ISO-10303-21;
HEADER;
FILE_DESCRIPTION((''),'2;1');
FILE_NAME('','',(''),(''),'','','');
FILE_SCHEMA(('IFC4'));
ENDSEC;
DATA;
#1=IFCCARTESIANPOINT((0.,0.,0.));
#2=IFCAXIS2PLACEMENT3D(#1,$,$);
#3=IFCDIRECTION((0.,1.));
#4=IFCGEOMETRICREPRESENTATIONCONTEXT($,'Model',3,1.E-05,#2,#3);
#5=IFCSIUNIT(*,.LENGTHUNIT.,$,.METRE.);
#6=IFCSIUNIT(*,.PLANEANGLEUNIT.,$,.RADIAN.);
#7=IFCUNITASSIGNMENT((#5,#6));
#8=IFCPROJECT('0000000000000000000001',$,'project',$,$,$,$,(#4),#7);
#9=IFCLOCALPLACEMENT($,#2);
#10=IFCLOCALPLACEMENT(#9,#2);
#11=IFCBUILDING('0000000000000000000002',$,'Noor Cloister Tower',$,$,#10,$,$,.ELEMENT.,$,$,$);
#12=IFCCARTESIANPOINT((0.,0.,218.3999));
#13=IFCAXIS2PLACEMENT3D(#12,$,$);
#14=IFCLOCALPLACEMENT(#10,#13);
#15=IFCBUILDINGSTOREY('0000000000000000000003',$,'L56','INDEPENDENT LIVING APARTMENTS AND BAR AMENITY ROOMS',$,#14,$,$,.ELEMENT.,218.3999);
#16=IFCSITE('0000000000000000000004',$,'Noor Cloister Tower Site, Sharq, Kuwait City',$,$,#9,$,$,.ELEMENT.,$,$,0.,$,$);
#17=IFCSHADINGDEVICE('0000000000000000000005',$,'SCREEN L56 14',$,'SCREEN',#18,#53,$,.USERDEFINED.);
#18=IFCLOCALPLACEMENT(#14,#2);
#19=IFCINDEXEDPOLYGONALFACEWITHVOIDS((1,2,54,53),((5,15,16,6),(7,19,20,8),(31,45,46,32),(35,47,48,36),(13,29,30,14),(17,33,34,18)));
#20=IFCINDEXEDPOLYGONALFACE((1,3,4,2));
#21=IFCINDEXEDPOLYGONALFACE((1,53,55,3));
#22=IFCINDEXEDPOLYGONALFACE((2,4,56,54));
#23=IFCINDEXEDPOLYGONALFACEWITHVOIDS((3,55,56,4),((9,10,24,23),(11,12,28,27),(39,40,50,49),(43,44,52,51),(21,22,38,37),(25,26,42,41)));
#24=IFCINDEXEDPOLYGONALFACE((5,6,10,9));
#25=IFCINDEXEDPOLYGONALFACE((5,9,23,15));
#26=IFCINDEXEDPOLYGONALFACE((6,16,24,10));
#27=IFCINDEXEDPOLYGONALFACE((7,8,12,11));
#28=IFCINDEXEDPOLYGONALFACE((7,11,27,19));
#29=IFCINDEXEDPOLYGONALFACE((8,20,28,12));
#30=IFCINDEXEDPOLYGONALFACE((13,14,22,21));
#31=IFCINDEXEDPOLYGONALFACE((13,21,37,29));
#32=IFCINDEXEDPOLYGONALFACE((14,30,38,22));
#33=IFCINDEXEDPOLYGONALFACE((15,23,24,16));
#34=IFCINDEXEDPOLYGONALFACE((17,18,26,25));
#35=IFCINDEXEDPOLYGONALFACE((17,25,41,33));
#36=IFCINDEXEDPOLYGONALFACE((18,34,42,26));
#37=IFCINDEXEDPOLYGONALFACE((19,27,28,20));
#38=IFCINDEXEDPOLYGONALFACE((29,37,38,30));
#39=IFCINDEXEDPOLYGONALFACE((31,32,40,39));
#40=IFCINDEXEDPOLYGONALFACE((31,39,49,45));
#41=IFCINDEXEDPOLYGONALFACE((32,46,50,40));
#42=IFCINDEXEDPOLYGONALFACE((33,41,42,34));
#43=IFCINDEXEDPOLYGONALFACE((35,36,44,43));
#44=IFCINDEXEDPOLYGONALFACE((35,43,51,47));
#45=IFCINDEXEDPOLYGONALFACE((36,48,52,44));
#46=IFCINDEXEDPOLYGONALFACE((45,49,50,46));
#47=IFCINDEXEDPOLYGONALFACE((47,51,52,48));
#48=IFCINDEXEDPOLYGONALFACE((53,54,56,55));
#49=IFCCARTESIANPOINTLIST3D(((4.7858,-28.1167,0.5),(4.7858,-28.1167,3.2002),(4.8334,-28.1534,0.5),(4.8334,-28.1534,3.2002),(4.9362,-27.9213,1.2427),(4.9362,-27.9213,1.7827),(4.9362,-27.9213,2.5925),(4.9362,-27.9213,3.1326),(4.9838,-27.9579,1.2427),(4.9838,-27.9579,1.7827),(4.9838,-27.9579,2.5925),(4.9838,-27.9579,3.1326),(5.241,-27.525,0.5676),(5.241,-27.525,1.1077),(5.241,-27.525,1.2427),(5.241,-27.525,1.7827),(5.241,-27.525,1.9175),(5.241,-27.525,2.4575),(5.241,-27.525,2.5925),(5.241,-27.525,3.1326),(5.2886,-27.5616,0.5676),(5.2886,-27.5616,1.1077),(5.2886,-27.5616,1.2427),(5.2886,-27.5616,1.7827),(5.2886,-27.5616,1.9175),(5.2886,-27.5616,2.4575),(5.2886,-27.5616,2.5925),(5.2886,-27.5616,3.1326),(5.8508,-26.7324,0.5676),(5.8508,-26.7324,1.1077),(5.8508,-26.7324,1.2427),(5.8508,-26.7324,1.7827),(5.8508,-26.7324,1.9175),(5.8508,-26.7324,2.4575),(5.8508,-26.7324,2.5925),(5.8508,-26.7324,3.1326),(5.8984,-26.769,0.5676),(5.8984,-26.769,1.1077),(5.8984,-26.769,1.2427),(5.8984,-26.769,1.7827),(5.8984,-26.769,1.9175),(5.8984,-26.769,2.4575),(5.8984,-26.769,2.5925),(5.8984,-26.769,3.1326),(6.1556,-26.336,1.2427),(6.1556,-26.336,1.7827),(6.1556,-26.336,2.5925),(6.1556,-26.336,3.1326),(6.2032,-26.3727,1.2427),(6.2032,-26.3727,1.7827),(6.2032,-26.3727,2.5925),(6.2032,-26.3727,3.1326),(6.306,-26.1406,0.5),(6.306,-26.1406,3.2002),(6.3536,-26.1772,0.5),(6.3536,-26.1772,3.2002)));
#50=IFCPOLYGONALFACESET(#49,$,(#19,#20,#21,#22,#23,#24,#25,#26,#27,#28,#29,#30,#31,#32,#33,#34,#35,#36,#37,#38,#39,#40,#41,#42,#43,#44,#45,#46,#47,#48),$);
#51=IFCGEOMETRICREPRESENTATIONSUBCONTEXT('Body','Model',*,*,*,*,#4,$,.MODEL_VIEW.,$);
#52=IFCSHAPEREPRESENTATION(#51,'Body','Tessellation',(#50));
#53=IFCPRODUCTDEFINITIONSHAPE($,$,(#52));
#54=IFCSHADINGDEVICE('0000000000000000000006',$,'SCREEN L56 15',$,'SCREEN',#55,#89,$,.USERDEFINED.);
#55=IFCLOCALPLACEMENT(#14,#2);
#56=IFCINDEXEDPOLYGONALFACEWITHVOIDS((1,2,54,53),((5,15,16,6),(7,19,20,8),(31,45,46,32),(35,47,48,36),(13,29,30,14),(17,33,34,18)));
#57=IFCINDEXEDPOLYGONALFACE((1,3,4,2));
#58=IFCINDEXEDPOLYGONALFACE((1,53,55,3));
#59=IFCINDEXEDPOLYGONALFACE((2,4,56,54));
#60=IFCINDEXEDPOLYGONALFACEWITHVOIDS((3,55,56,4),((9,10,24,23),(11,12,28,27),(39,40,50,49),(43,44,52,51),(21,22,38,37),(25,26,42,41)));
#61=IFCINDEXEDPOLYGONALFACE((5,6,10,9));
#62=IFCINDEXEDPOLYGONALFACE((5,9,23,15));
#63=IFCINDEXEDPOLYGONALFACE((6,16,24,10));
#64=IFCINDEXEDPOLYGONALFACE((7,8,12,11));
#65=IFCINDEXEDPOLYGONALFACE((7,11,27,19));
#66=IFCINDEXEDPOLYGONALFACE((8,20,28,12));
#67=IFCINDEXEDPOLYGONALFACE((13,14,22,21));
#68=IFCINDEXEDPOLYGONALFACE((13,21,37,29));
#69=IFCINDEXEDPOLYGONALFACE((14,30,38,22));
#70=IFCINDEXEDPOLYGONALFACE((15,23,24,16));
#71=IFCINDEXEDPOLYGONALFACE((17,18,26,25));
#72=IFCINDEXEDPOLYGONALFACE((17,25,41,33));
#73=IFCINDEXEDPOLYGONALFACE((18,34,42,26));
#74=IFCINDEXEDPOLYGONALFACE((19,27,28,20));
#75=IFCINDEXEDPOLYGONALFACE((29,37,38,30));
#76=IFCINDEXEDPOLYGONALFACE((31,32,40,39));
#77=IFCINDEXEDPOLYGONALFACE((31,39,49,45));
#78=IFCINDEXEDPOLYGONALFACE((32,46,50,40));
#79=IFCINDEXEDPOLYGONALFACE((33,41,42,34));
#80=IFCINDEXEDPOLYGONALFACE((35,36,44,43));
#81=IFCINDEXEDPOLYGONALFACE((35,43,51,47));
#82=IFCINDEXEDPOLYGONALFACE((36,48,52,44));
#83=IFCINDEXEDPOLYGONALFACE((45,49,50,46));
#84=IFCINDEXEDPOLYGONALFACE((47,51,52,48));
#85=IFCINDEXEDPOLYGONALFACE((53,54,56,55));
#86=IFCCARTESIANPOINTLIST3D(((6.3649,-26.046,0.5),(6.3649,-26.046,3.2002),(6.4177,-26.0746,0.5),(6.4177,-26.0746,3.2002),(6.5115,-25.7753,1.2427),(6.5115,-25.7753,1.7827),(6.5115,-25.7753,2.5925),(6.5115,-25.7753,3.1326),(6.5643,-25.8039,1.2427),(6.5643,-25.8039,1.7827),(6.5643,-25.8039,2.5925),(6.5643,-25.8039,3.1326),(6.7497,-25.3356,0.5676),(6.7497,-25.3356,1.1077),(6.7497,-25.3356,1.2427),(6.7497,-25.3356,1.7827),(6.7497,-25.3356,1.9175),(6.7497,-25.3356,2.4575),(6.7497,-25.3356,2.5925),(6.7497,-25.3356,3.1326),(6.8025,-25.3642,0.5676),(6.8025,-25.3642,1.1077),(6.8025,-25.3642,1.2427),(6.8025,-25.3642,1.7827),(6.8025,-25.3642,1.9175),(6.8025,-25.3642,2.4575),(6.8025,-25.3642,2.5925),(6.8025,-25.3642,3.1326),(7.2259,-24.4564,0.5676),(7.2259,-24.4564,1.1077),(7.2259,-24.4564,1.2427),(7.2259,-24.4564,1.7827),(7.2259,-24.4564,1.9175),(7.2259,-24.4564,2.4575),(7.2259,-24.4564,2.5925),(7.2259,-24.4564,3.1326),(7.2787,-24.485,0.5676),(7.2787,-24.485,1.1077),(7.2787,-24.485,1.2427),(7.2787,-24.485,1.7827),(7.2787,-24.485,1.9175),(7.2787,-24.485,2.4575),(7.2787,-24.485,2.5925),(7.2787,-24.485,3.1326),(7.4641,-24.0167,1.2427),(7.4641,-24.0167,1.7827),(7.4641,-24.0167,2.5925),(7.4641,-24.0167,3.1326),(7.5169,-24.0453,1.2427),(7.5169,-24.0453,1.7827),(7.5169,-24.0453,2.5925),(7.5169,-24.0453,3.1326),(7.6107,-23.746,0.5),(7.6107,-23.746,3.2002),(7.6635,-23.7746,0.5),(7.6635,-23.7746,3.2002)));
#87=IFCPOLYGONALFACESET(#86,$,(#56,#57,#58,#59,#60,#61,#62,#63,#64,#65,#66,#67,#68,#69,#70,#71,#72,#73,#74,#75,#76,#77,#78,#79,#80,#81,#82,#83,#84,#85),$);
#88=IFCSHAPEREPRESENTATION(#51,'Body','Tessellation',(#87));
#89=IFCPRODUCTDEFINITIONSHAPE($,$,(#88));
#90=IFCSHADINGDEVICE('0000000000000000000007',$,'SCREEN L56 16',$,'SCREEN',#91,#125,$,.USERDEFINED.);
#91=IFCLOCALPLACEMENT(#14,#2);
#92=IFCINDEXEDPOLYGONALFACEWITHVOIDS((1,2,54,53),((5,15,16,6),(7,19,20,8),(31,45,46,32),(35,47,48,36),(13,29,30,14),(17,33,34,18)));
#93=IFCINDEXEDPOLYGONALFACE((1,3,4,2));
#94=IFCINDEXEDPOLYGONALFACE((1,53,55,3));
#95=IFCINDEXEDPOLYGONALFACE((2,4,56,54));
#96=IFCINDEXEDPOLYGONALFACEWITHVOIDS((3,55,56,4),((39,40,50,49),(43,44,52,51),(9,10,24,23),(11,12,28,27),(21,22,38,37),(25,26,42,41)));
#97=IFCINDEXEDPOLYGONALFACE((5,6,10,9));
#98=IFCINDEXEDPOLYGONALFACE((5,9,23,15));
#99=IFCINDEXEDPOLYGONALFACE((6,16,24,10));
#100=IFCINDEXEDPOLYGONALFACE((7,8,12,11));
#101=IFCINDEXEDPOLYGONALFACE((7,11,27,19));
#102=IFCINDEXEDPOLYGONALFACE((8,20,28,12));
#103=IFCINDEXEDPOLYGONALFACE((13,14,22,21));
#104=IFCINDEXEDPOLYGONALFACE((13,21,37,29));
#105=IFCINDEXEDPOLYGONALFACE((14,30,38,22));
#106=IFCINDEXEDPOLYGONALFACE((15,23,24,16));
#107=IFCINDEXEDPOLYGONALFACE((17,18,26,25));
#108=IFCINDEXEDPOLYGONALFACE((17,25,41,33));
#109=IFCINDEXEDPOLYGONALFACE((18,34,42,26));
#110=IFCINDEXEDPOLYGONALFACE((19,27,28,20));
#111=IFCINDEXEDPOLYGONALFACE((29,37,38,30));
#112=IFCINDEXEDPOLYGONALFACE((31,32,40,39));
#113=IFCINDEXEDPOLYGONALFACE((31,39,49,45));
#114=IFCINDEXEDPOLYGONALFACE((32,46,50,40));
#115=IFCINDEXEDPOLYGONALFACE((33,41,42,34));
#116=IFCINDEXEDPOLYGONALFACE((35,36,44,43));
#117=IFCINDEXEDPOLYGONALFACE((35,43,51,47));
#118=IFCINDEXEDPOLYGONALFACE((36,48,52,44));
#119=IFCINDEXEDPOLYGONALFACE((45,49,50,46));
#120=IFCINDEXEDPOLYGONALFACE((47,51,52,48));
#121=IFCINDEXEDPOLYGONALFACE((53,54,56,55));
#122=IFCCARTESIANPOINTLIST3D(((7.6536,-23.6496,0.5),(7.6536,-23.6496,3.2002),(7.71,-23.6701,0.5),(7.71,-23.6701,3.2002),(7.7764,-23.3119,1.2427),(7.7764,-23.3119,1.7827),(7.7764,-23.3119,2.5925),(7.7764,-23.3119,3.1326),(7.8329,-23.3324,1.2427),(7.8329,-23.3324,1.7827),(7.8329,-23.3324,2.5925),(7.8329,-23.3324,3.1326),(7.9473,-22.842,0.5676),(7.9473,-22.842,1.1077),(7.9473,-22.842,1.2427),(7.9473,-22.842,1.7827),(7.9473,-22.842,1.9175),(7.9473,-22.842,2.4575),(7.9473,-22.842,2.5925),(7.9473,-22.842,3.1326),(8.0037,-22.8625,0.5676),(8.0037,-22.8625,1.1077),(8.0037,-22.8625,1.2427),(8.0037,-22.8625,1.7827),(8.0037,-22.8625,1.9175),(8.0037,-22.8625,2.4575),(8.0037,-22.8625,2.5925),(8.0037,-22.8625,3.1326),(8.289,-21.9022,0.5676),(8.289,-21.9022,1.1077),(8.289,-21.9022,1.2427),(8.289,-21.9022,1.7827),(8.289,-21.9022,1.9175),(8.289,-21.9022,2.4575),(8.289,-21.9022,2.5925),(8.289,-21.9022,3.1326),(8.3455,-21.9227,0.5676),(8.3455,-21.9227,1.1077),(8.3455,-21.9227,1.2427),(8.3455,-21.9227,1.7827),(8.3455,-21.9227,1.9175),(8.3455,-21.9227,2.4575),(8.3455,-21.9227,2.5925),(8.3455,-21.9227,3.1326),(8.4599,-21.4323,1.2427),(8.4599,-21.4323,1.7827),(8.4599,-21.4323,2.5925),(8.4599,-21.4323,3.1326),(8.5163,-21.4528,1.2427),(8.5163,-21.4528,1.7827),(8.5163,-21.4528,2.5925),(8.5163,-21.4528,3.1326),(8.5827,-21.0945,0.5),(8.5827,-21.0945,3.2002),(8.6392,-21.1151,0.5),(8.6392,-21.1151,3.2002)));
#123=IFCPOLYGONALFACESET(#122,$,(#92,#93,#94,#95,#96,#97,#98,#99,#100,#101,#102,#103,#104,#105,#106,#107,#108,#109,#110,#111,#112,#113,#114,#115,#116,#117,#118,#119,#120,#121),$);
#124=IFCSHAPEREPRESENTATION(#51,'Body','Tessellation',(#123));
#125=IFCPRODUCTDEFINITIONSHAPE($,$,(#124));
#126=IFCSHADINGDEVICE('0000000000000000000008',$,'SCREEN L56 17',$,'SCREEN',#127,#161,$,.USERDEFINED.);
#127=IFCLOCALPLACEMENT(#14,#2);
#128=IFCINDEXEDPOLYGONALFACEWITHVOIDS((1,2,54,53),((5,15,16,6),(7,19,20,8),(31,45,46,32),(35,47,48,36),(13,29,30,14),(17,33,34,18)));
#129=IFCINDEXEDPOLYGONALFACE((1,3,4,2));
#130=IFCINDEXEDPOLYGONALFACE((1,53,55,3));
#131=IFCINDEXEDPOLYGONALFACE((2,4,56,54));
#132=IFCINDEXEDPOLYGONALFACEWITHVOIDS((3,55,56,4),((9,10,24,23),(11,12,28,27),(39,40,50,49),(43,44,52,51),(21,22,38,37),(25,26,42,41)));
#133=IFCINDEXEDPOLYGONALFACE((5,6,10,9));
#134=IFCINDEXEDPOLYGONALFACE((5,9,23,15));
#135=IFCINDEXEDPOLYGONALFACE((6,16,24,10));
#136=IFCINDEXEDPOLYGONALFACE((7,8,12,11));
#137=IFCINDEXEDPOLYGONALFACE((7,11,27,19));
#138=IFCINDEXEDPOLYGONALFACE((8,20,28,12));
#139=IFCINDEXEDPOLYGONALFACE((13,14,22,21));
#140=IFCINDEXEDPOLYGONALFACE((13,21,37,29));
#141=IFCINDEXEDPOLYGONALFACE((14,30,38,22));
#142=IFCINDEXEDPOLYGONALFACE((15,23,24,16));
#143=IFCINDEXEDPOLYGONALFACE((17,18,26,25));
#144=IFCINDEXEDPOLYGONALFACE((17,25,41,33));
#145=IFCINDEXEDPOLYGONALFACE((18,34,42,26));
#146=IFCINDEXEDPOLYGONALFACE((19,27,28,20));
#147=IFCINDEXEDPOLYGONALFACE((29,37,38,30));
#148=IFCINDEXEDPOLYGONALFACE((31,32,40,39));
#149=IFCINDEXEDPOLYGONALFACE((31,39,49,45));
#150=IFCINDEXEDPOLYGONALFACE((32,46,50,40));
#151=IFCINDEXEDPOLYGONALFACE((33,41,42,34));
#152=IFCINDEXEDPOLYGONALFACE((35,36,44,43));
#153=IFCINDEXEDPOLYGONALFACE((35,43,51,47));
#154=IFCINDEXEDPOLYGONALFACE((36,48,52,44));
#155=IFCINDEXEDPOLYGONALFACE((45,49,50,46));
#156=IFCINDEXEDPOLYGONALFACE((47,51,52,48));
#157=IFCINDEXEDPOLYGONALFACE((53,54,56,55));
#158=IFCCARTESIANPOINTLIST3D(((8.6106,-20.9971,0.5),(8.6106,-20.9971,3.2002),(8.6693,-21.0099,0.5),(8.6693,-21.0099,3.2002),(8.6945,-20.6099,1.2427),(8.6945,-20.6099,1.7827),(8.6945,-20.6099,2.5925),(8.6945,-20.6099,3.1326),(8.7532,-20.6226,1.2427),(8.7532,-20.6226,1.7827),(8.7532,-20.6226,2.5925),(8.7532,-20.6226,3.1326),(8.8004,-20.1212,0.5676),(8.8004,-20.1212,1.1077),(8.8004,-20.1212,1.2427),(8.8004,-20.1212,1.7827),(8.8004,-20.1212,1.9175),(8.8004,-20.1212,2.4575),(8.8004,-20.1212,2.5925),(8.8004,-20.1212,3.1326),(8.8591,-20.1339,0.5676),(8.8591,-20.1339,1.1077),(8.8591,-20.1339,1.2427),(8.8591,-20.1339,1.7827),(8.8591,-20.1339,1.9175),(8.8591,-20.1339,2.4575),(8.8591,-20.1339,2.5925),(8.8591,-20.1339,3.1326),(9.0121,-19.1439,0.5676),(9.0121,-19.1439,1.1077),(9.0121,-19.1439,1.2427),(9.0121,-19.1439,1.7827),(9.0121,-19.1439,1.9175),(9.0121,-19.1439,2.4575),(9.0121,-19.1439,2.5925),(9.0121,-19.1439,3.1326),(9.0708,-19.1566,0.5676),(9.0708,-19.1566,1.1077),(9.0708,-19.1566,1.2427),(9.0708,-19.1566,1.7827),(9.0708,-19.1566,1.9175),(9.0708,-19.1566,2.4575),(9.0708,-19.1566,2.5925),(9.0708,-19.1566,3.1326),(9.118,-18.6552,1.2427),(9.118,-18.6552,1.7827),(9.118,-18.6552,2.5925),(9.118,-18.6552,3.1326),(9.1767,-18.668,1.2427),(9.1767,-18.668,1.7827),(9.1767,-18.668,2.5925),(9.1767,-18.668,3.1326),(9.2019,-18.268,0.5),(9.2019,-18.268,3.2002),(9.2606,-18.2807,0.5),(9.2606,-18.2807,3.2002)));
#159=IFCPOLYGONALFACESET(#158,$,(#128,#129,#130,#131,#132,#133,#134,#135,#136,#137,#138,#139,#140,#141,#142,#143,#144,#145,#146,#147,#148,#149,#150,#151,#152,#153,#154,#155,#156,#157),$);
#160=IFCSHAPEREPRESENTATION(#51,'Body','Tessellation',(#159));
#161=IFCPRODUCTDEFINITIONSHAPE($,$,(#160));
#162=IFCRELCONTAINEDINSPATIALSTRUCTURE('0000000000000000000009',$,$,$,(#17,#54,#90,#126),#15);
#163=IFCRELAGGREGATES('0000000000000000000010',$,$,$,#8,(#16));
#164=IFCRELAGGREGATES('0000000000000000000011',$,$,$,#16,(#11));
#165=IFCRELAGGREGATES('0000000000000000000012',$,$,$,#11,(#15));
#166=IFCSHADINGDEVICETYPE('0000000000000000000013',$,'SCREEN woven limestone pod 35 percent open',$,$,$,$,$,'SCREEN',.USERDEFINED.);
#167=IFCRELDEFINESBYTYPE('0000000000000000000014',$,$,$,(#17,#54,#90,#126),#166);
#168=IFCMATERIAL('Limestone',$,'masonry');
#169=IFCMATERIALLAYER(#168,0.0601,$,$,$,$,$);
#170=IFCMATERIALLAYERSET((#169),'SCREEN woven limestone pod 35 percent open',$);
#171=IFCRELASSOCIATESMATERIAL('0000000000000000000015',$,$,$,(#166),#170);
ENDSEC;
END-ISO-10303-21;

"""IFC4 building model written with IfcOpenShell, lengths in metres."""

from ifc_helpers import new_model, si_unit, direction, frame, origin, place, context, subcontext, project, spatial, polyline, outline, extrude, material, layer, layer_set, type_object, element, save


model = new_model("IFC4")

# Units and contexts
model_context = context("Model", 3, precision=1e-05, world=origin(), true_north=direction((0.0, 1.0)))
body_context = subcontext(model_context, "Body", "Model", "MODEL_VIEW")
ifc_project = project(units=[si_unit("LENGTHUNIT", "METRE"), si_unit("PLANEANGLEUNIT", "RADIAN")], contexts=[model_context])

# Site, building, storey
site_placement = place(None, origin())
site = spatial("IfcSite", under=ifc_project, at=site_placement, Name="Noor Cloister Tower Site, Sharq, Kuwait City", CompositionType="ELEMENT", RefElevation=0.0)
building_placement = place(site_placement, origin())
building = spatial("IfcBuilding", under=site, at=building_placement, Name="Noor Cloister Tower", CompositionType="ELEMENT")
storey_placement = place(building_placement, frame((0.0, 0.0, 218.3999)))
storey = spatial("IfcBuildingStorey", under=building, at=storey_placement, Name="L56", Description="INDEPENDENT LIVING APARTMENTS AND BAR AMENITY ROOMS", CompositionType="ELEMENT", Elevation=218.3999)

# Shading devices
ifc_material_1 = material(Name="Limestone", Category="masonry")
ifc_layer_1 = layer(ifc_material_1, 0.0601)
ifc_layer_set_1 = layer_set([ifc_layer_1], Name="SCREEN woven limestone pod 35 percent open")
shading_device_type = type_object("IfcShadingDeviceType", Name="SCREEN woven limestone pod 35 percent open", ElementType="SCREEN", PredefinedType="USERDEFINED", material=ifc_layer_set_1)
shading_device_1_placement = place(storey_placement, frame((5.5459, -27.1287, 1.8501), z_axis=(0.792624, -0.609711, 0.0), x_axis=(0.609711, 0.792624, 0.0)))
element("IfcShadingDevice", 1, at=shading_device_1_placement, inside=storey, type_object=shading_device_type, Name="SCREEN L56 14", ObjectType="SCREEN", PredefinedType="USERDEFINED", context=body_context, shape_type="SweptSolid", body=[
    extrude(outline(polyline([(-1.2466, -1.3501), (1.2466, -1.3501), (1.2466, 1.3501), (-1.2466, 1.3501), (-1.2466, -1.3501)]), holes=[polyline([(-0.5, -1.2825), (0.5, -1.2825), (0.5, -0.7424), (-0.5, -0.7424), (-0.5, -1.2825)]), polyline([(-1.0, -0.6074), (-0.5, -0.6074), (-0.5, -0.0674), (-1.0, -0.0674), (-1.0, -0.6074)]), polyline([(0.5, -0.6074), (1.0, -0.6074), (1.0, -0.0674), (0.5, -0.0674), (0.5, -0.6074)]), polyline([(-0.5, 0.0674), (0.5, 0.0674), (0.5, 0.6074), (-0.5, 0.6074), (-0.5, 0.0674)]), polyline([(-1.0, 0.7424), (-0.5, 0.7424), (-0.5, 1.2825), (-1.0, 1.2825), (-1.0, 0.7424)]), polyline([(0.5, 0.7424), (1.0, 0.7424), (1.0, 1.2825), (0.5, 1.2825), (0.5, 0.7424)])]), origin(), (0.0, 0.0, 1.0), 0.0601),
])
shading_device_2_placement = place(storey_placement, frame((6.9878, -24.896, 1.8501), z_axis=(0.879292, -0.476283, 0.0), x_axis=(0.476283, 0.879292, 0.0)))
element("IfcShadingDevice", 2, at=shading_device_2_placement, inside=storey, type_object=shading_device_type, Name="SCREEN L56 15", ObjectType="SCREEN", PredefinedType="USERDEFINED", context=body_context, shape_type="SweptSolid", body=[
    extrude(outline(polyline([(-1.3079, -1.3501), (1.3079, -1.3501), (1.3079, 1.3501), (-1.3079, 1.3501), (-1.3079, -1.3501)]), holes=[polyline([(-0.5, -1.2825), (0.5, -1.2825), (0.5, -0.7424), (-0.5, -0.7424), (-0.5, -1.2825)]), polyline([(-1.0, -0.6074), (-0.5, -0.6074), (-0.5, -0.0674), (-1.0, -0.0674), (-1.0, -0.6074)]), polyline([(0.5, -0.6074), (1.0, -0.6074), (1.0, -0.0674), (0.5, -0.0674), (0.5, -0.6074)]), polyline([(-0.5, 0.0674), (0.5, 0.0674), (0.5, 0.6074), (-0.5, 0.6074), (-0.5, 0.0674)]), polyline([(-1.0, 0.7424), (-0.5, 0.7424), (-0.5, 1.2825), (-1.0, 1.2825), (-1.0, 0.7424)]), polyline([(0.5, 0.7424), (1.0, 0.7424), (1.0, 1.2825), (0.5, 1.2825), (0.5, 0.7424)])]), origin(), (0.0, 0.0, 1.0), 0.0601),
])
shading_device_3_placement = place(storey_placement, frame((8.1182, -22.3721, 1.8501), z_axis=(0.939793, -0.341743, 0.0), x_axis=(0.341743, 0.939793, 0.0)))
element("IfcShadingDevice", 3, at=shading_device_3_placement, inside=storey, type_object=shading_device_type, Name="SCREEN L56 16", ObjectType="SCREEN", PredefinedType="USERDEFINED", context=body_context, shape_type="SweptSolid", body=[
    extrude(outline(polyline([(-1.3594, -1.3501), (1.3594, -1.3501), (1.3594, 1.3501), (-1.3594, 1.3501), (-1.3594, -1.3501)]), holes=[polyline([(-0.5, -1.2825), (0.5, -1.2825), (0.5, -0.7424), (-0.5, -0.7424), (-0.5, -1.2825)]), polyline([(-1.0, -0.6074), (-0.5, -0.6074), (-0.5, -0.0674), (-1.0, -0.0674), (-1.0, -0.6074)]), polyline([(0.5, -0.6074), (1.0, -0.6074), (1.0, -0.0674), (0.5, -0.0674), (0.5, -0.6074)]), polyline([(-0.5, 0.0674), (0.5, 0.0674), (0.5, 0.6074), (-0.5, 0.6074), (-0.5, 0.0674)]), polyline([(-1.0, 0.7424), (-0.5, 0.7424), (-0.5, 1.2825), (-1.0, 1.2825), (-1.0, 0.7424)]), polyline([(0.5, 0.7424), (1.0, 0.7424), (1.0, 1.2825), (0.5, 1.2825), (0.5, 0.7424)])]), origin(), (0.0, 0.0, 1.0), 0.0601),
])
shading_device_4_placement = place(storey_placement, frame((8.9062, -19.6326, 1.8501), z_axis=(0.977323, -0.211753, 0.0), x_axis=(0.211753, 0.977323, 0.0)))
element("IfcShadingDevice", 4, at=shading_device_4_placement, inside=storey, type_object=shading_device_type, Name="SCREEN L56 17", ObjectType="SCREEN", PredefinedType="USERDEFINED", context=body_context, shape_type="SweptSolid", body=[
    extrude(outline(polyline([(-1.3962, -1.3501), (1.3962, -1.3501), (1.3962, 1.3501), (-1.3962, 1.3501), (-1.3962, -1.3501)]), holes=[polyline([(-0.5, -1.2825), (0.5, -1.2825), (0.5, -0.7424), (-0.5, -0.7424), (-0.5, -1.2825)]), polyline([(-1.0, -0.6074), (-0.5, -0.6074), (-0.5, -0.0674), (-1.0, -0.0674), (-1.0, -0.6074)]), polyline([(0.5, -0.6074), (1.0, -0.6074), (1.0, -0.0674), (0.5, -0.0674), (0.5, -0.6074)]), polyline([(-0.5, 0.0674), (0.5, 0.0674), (0.5, 0.6074), (-0.5, 0.6074), (-0.5, 0.0674)]), polyline([(-1.0, 0.7424), (-0.5, 0.7424), (-0.5, 1.2825), (-1.0, 1.2825), (-1.0, 0.7424)]), polyline([(0.5, 0.7424), (1.0, 0.7424), (1.0, 1.2825), (0.5, 1.2825), (0.5, 0.7424)])]), origin(), (0.0, 0.0, 1.0), 0.0601),
])

save(model, "model.ifc")
